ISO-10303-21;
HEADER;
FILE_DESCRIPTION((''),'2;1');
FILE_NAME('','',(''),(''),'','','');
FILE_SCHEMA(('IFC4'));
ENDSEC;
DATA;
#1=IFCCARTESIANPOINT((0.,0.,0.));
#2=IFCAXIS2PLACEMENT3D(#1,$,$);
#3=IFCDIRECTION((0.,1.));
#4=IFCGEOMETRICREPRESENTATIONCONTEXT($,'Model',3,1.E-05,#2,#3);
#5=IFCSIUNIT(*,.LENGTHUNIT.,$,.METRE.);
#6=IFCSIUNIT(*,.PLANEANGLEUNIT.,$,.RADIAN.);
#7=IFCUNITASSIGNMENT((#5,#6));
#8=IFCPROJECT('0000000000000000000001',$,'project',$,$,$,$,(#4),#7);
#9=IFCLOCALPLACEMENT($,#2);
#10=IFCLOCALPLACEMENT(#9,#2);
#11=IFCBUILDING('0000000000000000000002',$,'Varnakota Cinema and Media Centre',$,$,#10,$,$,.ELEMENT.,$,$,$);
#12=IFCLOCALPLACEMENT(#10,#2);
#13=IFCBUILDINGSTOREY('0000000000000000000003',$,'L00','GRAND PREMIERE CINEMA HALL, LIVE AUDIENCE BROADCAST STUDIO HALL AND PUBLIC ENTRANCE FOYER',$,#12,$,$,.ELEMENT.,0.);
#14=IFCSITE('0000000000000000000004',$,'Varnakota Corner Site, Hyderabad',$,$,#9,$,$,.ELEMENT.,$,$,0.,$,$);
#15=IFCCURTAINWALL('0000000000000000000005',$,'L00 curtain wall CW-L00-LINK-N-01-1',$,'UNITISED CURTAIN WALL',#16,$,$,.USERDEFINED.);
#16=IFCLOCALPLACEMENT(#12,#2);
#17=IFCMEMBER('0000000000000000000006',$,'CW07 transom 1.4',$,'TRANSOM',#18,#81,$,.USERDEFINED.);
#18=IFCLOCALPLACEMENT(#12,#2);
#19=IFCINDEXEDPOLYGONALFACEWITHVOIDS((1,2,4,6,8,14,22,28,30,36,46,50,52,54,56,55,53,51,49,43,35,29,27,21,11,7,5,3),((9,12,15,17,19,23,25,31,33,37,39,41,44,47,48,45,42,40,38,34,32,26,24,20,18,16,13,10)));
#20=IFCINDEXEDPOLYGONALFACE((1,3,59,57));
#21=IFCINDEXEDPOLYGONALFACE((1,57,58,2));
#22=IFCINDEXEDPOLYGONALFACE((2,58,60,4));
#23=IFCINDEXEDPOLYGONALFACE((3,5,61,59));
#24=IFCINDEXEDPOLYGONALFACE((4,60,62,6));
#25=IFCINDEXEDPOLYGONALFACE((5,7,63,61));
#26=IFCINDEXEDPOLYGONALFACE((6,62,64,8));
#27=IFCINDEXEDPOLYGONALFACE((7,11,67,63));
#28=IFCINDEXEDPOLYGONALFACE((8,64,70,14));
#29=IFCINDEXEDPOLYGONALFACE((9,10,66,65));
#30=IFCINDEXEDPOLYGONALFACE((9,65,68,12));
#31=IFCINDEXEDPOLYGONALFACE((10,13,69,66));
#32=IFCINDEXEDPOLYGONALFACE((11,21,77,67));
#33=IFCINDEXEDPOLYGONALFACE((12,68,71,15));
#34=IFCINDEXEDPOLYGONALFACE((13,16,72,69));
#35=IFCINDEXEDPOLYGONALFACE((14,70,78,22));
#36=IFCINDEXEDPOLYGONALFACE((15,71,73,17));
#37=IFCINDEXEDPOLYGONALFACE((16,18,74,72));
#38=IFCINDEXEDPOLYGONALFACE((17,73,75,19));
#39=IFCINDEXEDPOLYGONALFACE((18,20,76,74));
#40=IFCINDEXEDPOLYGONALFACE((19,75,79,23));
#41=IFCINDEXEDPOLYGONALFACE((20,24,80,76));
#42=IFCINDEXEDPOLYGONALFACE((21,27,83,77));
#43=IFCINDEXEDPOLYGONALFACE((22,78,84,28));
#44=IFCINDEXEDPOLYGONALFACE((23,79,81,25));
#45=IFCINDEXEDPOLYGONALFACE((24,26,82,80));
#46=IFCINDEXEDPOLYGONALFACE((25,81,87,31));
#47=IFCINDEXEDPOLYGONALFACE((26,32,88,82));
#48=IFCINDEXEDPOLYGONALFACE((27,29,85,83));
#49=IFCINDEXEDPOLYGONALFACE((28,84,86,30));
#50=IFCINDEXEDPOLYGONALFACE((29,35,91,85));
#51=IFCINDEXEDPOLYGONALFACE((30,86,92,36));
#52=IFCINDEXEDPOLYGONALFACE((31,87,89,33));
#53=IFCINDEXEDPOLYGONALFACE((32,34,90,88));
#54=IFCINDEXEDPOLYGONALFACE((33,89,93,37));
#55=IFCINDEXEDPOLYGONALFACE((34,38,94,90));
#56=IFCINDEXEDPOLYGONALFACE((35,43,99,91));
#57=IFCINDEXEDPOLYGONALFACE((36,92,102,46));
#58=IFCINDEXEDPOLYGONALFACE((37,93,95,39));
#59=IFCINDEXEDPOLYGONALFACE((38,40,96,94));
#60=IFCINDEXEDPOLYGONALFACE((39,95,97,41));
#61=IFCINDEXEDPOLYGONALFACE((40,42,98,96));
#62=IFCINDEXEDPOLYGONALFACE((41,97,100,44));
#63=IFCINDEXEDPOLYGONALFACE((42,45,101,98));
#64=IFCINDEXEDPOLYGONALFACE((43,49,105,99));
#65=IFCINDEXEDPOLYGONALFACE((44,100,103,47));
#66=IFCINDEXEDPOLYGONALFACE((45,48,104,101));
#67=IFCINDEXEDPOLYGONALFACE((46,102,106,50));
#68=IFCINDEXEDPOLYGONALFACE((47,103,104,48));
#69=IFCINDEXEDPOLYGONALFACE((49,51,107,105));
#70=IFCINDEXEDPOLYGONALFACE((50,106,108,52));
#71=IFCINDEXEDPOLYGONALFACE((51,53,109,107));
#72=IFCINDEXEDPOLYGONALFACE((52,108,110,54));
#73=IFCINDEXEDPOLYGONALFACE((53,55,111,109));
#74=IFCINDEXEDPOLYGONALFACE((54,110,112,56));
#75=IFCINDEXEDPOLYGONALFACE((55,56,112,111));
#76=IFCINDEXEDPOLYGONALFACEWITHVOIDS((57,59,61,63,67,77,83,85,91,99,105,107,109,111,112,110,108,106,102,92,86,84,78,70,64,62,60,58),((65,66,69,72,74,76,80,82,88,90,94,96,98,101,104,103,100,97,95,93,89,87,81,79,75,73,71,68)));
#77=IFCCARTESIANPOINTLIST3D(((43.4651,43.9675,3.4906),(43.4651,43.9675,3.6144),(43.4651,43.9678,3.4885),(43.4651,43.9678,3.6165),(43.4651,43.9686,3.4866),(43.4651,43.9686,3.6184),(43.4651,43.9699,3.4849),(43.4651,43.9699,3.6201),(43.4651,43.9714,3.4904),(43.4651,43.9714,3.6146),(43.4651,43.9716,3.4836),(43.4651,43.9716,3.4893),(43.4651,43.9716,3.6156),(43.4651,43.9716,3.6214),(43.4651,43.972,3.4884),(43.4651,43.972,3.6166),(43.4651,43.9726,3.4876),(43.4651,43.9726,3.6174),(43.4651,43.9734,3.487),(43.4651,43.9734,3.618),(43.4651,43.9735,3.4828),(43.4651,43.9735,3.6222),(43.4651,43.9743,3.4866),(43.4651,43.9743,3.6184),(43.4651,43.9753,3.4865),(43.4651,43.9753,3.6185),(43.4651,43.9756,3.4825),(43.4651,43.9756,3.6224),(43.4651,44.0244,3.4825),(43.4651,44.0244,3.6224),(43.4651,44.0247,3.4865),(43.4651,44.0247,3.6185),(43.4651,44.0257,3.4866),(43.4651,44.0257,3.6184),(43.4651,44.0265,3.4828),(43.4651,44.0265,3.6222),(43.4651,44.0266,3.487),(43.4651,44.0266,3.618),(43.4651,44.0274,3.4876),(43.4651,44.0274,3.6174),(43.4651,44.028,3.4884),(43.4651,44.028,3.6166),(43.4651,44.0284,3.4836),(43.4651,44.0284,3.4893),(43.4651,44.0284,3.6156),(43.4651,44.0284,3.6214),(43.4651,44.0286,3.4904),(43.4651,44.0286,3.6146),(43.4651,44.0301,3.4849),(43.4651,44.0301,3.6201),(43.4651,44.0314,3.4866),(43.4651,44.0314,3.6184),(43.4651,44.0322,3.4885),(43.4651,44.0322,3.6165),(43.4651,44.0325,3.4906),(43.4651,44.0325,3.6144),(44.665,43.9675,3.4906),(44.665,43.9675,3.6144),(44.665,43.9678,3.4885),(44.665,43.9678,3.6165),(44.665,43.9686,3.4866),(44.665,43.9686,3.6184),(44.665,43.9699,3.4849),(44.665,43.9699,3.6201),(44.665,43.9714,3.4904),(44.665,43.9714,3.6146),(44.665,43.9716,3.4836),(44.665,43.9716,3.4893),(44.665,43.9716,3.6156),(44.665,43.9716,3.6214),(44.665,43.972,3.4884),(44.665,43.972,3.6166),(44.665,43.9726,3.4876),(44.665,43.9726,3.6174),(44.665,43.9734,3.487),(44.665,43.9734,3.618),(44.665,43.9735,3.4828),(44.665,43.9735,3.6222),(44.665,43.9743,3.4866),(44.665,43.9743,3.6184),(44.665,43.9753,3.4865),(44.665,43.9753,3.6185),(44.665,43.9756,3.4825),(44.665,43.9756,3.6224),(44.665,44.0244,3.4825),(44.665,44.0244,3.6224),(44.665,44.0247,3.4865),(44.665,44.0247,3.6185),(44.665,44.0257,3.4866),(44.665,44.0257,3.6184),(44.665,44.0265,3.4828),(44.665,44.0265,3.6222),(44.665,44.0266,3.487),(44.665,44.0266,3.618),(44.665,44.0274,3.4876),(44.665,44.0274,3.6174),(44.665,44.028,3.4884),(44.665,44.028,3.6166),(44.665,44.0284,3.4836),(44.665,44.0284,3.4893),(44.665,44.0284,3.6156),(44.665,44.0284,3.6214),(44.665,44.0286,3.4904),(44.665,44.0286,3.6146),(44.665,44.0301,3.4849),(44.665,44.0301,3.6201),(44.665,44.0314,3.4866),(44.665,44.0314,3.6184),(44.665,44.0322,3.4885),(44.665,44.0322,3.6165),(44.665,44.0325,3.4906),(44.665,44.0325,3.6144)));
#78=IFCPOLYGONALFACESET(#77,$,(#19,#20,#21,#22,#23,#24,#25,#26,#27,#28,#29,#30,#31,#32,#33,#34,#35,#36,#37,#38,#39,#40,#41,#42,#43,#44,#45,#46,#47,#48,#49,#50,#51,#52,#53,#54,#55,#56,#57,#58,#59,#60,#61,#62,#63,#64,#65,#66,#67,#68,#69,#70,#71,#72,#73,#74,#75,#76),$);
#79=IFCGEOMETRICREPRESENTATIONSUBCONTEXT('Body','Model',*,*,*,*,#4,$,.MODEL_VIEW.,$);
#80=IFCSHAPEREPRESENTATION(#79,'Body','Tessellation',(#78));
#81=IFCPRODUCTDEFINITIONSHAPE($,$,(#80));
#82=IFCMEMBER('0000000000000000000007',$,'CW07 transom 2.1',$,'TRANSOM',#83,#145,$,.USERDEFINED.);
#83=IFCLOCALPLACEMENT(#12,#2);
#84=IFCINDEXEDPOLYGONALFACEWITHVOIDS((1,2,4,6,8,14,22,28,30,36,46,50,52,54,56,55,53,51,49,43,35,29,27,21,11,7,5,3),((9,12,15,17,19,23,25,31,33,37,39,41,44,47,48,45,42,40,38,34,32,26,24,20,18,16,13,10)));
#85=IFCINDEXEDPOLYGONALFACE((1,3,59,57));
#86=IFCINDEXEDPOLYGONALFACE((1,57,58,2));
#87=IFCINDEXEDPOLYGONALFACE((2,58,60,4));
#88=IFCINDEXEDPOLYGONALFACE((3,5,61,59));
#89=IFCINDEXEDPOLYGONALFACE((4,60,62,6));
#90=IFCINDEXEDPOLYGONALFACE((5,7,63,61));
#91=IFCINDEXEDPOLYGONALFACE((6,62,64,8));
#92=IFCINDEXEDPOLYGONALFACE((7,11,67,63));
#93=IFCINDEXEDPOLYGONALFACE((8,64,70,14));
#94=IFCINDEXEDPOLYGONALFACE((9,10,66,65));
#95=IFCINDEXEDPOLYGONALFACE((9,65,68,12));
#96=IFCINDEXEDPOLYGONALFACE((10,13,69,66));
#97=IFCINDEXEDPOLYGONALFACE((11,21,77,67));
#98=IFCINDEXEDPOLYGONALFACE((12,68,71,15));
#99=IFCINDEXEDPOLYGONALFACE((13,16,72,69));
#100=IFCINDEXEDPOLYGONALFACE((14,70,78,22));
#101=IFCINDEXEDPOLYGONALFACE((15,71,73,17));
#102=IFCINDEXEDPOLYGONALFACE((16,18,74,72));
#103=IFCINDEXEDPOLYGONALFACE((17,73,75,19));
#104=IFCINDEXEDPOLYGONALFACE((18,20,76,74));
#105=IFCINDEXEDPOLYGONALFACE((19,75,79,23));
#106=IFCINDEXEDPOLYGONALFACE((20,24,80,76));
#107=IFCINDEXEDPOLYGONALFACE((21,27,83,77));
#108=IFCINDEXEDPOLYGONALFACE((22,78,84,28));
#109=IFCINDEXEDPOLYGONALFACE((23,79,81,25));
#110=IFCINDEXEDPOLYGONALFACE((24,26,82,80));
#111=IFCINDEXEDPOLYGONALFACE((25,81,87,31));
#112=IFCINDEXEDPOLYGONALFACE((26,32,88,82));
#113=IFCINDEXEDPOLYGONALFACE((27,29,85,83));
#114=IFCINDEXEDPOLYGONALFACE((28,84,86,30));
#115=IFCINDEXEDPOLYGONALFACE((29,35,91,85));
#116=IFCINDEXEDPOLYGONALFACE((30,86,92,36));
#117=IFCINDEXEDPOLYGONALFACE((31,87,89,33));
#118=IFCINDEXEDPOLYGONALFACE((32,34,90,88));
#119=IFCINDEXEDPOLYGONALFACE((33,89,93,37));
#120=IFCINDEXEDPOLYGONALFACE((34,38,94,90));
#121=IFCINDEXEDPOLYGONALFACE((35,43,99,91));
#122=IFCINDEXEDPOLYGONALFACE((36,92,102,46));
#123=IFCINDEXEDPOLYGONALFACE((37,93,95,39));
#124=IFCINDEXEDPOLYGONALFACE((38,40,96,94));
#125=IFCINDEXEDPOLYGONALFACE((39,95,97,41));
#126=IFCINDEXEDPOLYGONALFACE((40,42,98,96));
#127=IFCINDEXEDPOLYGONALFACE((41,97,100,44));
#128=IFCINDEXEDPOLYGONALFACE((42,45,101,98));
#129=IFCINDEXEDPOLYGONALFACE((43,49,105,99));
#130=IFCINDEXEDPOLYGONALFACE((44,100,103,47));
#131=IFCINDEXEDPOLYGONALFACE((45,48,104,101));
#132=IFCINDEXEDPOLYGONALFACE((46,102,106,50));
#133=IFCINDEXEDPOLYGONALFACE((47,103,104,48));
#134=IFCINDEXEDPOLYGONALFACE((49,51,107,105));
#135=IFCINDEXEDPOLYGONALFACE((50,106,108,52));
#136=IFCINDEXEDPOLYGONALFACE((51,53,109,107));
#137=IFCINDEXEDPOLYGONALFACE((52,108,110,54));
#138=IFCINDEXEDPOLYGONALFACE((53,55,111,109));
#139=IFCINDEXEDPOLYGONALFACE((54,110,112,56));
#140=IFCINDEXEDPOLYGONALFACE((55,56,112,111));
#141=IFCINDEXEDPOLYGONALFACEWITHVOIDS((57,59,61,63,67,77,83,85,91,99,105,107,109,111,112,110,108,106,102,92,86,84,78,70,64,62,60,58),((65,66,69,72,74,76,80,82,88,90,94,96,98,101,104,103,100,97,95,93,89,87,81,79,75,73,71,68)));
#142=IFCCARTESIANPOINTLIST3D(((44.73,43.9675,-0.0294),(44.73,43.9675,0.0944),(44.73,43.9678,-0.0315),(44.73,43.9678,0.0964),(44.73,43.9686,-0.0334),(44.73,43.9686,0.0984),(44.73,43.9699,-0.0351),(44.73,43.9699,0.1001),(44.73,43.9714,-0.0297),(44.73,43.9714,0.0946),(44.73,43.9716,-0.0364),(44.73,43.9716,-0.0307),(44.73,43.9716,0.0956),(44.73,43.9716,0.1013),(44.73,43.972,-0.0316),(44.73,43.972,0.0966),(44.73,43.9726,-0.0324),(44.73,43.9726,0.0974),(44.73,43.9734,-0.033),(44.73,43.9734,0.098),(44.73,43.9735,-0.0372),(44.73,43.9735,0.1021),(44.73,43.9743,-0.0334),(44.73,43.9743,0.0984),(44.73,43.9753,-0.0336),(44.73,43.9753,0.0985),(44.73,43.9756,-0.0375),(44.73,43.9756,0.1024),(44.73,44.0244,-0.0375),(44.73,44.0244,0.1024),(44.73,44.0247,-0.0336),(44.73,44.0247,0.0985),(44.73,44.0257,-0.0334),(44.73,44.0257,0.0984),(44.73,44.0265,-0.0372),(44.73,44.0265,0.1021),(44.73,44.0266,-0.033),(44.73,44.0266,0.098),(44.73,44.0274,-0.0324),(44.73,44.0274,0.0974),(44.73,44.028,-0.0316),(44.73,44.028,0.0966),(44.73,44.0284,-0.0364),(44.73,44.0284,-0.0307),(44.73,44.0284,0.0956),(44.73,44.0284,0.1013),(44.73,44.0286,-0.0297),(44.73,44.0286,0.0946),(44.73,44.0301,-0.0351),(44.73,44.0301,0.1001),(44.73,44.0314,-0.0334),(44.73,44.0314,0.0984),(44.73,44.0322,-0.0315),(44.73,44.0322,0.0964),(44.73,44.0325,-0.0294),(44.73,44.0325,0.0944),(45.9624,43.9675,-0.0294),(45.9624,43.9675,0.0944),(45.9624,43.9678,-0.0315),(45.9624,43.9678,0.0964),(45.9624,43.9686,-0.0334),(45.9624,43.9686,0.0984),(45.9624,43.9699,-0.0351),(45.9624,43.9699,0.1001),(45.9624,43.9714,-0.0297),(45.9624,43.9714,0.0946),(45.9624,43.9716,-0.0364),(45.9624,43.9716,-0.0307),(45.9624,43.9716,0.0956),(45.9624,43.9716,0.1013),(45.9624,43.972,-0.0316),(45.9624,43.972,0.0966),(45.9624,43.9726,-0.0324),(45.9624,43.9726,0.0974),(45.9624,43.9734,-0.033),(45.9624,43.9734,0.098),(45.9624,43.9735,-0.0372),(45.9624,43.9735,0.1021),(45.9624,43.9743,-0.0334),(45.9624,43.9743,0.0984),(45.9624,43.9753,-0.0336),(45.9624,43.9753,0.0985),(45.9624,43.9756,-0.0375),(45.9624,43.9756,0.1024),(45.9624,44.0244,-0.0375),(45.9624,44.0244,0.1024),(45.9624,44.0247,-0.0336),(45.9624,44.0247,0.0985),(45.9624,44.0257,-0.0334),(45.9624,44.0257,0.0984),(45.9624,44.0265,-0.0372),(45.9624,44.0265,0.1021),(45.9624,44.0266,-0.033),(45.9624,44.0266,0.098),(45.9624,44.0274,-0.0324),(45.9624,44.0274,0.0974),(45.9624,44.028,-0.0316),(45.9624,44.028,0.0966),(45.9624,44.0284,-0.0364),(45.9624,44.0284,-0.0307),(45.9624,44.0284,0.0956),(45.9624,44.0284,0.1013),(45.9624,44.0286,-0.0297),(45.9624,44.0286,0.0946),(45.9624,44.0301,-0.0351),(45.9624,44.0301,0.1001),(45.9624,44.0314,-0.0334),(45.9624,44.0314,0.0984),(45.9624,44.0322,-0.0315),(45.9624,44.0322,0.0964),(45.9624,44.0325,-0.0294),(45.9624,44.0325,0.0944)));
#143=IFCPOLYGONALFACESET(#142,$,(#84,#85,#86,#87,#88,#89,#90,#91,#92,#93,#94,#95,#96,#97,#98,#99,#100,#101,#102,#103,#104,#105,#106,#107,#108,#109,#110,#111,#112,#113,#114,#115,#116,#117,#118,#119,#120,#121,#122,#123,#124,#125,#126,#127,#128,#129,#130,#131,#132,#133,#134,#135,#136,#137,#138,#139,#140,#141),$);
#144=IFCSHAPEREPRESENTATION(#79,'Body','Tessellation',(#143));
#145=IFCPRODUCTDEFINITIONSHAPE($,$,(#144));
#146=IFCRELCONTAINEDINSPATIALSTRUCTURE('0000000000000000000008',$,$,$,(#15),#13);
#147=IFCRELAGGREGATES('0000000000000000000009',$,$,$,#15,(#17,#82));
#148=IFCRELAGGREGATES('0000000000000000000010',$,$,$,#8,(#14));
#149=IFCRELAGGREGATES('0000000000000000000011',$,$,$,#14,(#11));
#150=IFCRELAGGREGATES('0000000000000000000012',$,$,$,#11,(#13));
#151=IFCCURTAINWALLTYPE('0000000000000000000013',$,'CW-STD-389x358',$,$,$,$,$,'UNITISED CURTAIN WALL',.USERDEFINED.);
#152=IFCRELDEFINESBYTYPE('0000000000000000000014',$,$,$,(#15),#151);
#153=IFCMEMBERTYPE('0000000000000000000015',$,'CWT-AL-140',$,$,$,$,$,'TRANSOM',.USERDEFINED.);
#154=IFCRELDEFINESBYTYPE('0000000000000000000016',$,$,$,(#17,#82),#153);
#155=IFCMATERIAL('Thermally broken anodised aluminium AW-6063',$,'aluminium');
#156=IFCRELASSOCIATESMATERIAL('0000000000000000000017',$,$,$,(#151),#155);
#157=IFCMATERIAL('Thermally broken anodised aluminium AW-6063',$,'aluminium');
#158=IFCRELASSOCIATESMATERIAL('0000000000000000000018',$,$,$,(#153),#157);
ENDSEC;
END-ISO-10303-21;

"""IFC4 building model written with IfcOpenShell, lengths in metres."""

from ifc_helpers import new_model, si_unit, direction, frame, origin, origin_2d, place, context, subcontext, project, spatial, hollow_rectangle, extrude, material, material_profile, profile_set, type_object, element, aggregate, save


model = new_model("IFC4")

# Units and contexts
model_context = context("Model", 3, precision=1e-05, world=origin(), true_north=direction((0.0, 1.0)))
body_context = subcontext(model_context, "Body", "Model", "MODEL_VIEW")
ifc_project = project(units=[si_unit("LENGTHUNIT", "METRE"), si_unit("PLANEANGLEUNIT", "RADIAN")], contexts=[model_context])

# Site, building, storey
site_placement = place(None, origin())
site = spatial("IfcSite", under=ifc_project, at=site_placement, Name="Varnakota Corner Site, Hyderabad", CompositionType="ELEMENT", RefElevation=0.0)
building_placement = place(site_placement, origin())
building = spatial("IfcBuilding", under=site, at=building_placement, Name="Varnakota Cinema and Media Centre", CompositionType="ELEMENT")
storey_placement = place(building_placement, origin())
storey = spatial("IfcBuildingStorey", under=building, at=storey_placement, Name="L00", Description="GRAND PREMIERE CINEMA HALL, LIVE AUDIENCE BROADCAST STUDIO HALL AND PUBLIC ENTRANCE FOYER", CompositionType="ELEMENT", Elevation=0.0)

# Curtain wall
ifc_material_1 = material(Name="Thermally broken anodised aluminium AW-6063", Category="aluminium")
curtain_wall_type = type_object("IfcCurtainWallType", Name="CW-STD-389x358", ElementType="UNITISED CURTAIN WALL", PredefinedType="USERDEFINED", material=ifc_material_1)
curtain_wall_1_placement = place(storey_placement, origin())
curtain_wall_1 = element("IfcCurtainWall", 1, at=curtain_wall_1_placement, inside=storey, type_object=curtain_wall_type, Name="L00 curtain wall CW-L00-LINK-N-01-1", ObjectType="UNITISED CURTAIN WALL", PredefinedType="USERDEFINED")

# Members
ifc_material_2 = material(Name="Thermally broken anodised aluminium AW-6063", Category="aluminium")
ifc_material_profile_1 = material_profile(ifc_material_2, hollow_rectangle(XDim=0.0649, YDim=0.1399, WallThickness=0.0039, InnerFilletRadius=0.0039, OuterFilletRadius=0.0081, at=origin_2d()), Name="AL-TRANSOM 140x65x4")
ifc_profile_set_1 = profile_set([ifc_material_profile_1], Name="Thermally broken anodised aluminium AW-6063")
member_type_1 = type_object("IfcMemberType", Name="CWT-AL-140", ElementType="TRANSOM", PredefinedType="USERDEFINED", material=ifc_profile_set_1)
member_1_placement = place(storey_placement, frame((43.4651, 44.0, 3.5525), z_axis=(1.0, 0.0, 0.0), x_axis=(0.0, 1.0, 0.0)))
member_1 = element("IfcMember", 2, at=member_1_placement, type_object=member_type_1, Name="CW07 transom 1.4", ObjectType="TRANSOM", PredefinedType="USERDEFINED", context=body_context, shape_type="SweptSolid", body=[
    extrude(hollow_rectangle(XDim=0.0649, YDim=0.1399, WallThickness=0.0039, InnerFilletRadius=0.0039, OuterFilletRadius=0.0081, at=origin_2d()), origin(), (0.0, 0.0, 1.0), 1.2),
])
member_2_placement = place(storey_placement, frame((44.73, 44.0, 0.0325), z_axis=(1.0, 0.0, 0.0), x_axis=(0.0, 1.0, 0.0)))
member_2 = element("IfcMember", 3, at=member_2_placement, type_object=member_type_1, Name="CW07 transom 2.1", ObjectType="TRANSOM", PredefinedType="USERDEFINED", context=body_context, shape_type="SweptSolid", body=[
    extrude(hollow_rectangle(XDim=0.0649, YDim=0.1399, WallThickness=0.0039, InnerFilletRadius=0.0039, OuterFilletRadius=0.0081, at=origin_2d()), origin(), (0.0, 0.0, 1.0), 1.2324),
])

aggregate(curtain_wall_1, [member_1, member_2])

save(model, "model.ifc")
